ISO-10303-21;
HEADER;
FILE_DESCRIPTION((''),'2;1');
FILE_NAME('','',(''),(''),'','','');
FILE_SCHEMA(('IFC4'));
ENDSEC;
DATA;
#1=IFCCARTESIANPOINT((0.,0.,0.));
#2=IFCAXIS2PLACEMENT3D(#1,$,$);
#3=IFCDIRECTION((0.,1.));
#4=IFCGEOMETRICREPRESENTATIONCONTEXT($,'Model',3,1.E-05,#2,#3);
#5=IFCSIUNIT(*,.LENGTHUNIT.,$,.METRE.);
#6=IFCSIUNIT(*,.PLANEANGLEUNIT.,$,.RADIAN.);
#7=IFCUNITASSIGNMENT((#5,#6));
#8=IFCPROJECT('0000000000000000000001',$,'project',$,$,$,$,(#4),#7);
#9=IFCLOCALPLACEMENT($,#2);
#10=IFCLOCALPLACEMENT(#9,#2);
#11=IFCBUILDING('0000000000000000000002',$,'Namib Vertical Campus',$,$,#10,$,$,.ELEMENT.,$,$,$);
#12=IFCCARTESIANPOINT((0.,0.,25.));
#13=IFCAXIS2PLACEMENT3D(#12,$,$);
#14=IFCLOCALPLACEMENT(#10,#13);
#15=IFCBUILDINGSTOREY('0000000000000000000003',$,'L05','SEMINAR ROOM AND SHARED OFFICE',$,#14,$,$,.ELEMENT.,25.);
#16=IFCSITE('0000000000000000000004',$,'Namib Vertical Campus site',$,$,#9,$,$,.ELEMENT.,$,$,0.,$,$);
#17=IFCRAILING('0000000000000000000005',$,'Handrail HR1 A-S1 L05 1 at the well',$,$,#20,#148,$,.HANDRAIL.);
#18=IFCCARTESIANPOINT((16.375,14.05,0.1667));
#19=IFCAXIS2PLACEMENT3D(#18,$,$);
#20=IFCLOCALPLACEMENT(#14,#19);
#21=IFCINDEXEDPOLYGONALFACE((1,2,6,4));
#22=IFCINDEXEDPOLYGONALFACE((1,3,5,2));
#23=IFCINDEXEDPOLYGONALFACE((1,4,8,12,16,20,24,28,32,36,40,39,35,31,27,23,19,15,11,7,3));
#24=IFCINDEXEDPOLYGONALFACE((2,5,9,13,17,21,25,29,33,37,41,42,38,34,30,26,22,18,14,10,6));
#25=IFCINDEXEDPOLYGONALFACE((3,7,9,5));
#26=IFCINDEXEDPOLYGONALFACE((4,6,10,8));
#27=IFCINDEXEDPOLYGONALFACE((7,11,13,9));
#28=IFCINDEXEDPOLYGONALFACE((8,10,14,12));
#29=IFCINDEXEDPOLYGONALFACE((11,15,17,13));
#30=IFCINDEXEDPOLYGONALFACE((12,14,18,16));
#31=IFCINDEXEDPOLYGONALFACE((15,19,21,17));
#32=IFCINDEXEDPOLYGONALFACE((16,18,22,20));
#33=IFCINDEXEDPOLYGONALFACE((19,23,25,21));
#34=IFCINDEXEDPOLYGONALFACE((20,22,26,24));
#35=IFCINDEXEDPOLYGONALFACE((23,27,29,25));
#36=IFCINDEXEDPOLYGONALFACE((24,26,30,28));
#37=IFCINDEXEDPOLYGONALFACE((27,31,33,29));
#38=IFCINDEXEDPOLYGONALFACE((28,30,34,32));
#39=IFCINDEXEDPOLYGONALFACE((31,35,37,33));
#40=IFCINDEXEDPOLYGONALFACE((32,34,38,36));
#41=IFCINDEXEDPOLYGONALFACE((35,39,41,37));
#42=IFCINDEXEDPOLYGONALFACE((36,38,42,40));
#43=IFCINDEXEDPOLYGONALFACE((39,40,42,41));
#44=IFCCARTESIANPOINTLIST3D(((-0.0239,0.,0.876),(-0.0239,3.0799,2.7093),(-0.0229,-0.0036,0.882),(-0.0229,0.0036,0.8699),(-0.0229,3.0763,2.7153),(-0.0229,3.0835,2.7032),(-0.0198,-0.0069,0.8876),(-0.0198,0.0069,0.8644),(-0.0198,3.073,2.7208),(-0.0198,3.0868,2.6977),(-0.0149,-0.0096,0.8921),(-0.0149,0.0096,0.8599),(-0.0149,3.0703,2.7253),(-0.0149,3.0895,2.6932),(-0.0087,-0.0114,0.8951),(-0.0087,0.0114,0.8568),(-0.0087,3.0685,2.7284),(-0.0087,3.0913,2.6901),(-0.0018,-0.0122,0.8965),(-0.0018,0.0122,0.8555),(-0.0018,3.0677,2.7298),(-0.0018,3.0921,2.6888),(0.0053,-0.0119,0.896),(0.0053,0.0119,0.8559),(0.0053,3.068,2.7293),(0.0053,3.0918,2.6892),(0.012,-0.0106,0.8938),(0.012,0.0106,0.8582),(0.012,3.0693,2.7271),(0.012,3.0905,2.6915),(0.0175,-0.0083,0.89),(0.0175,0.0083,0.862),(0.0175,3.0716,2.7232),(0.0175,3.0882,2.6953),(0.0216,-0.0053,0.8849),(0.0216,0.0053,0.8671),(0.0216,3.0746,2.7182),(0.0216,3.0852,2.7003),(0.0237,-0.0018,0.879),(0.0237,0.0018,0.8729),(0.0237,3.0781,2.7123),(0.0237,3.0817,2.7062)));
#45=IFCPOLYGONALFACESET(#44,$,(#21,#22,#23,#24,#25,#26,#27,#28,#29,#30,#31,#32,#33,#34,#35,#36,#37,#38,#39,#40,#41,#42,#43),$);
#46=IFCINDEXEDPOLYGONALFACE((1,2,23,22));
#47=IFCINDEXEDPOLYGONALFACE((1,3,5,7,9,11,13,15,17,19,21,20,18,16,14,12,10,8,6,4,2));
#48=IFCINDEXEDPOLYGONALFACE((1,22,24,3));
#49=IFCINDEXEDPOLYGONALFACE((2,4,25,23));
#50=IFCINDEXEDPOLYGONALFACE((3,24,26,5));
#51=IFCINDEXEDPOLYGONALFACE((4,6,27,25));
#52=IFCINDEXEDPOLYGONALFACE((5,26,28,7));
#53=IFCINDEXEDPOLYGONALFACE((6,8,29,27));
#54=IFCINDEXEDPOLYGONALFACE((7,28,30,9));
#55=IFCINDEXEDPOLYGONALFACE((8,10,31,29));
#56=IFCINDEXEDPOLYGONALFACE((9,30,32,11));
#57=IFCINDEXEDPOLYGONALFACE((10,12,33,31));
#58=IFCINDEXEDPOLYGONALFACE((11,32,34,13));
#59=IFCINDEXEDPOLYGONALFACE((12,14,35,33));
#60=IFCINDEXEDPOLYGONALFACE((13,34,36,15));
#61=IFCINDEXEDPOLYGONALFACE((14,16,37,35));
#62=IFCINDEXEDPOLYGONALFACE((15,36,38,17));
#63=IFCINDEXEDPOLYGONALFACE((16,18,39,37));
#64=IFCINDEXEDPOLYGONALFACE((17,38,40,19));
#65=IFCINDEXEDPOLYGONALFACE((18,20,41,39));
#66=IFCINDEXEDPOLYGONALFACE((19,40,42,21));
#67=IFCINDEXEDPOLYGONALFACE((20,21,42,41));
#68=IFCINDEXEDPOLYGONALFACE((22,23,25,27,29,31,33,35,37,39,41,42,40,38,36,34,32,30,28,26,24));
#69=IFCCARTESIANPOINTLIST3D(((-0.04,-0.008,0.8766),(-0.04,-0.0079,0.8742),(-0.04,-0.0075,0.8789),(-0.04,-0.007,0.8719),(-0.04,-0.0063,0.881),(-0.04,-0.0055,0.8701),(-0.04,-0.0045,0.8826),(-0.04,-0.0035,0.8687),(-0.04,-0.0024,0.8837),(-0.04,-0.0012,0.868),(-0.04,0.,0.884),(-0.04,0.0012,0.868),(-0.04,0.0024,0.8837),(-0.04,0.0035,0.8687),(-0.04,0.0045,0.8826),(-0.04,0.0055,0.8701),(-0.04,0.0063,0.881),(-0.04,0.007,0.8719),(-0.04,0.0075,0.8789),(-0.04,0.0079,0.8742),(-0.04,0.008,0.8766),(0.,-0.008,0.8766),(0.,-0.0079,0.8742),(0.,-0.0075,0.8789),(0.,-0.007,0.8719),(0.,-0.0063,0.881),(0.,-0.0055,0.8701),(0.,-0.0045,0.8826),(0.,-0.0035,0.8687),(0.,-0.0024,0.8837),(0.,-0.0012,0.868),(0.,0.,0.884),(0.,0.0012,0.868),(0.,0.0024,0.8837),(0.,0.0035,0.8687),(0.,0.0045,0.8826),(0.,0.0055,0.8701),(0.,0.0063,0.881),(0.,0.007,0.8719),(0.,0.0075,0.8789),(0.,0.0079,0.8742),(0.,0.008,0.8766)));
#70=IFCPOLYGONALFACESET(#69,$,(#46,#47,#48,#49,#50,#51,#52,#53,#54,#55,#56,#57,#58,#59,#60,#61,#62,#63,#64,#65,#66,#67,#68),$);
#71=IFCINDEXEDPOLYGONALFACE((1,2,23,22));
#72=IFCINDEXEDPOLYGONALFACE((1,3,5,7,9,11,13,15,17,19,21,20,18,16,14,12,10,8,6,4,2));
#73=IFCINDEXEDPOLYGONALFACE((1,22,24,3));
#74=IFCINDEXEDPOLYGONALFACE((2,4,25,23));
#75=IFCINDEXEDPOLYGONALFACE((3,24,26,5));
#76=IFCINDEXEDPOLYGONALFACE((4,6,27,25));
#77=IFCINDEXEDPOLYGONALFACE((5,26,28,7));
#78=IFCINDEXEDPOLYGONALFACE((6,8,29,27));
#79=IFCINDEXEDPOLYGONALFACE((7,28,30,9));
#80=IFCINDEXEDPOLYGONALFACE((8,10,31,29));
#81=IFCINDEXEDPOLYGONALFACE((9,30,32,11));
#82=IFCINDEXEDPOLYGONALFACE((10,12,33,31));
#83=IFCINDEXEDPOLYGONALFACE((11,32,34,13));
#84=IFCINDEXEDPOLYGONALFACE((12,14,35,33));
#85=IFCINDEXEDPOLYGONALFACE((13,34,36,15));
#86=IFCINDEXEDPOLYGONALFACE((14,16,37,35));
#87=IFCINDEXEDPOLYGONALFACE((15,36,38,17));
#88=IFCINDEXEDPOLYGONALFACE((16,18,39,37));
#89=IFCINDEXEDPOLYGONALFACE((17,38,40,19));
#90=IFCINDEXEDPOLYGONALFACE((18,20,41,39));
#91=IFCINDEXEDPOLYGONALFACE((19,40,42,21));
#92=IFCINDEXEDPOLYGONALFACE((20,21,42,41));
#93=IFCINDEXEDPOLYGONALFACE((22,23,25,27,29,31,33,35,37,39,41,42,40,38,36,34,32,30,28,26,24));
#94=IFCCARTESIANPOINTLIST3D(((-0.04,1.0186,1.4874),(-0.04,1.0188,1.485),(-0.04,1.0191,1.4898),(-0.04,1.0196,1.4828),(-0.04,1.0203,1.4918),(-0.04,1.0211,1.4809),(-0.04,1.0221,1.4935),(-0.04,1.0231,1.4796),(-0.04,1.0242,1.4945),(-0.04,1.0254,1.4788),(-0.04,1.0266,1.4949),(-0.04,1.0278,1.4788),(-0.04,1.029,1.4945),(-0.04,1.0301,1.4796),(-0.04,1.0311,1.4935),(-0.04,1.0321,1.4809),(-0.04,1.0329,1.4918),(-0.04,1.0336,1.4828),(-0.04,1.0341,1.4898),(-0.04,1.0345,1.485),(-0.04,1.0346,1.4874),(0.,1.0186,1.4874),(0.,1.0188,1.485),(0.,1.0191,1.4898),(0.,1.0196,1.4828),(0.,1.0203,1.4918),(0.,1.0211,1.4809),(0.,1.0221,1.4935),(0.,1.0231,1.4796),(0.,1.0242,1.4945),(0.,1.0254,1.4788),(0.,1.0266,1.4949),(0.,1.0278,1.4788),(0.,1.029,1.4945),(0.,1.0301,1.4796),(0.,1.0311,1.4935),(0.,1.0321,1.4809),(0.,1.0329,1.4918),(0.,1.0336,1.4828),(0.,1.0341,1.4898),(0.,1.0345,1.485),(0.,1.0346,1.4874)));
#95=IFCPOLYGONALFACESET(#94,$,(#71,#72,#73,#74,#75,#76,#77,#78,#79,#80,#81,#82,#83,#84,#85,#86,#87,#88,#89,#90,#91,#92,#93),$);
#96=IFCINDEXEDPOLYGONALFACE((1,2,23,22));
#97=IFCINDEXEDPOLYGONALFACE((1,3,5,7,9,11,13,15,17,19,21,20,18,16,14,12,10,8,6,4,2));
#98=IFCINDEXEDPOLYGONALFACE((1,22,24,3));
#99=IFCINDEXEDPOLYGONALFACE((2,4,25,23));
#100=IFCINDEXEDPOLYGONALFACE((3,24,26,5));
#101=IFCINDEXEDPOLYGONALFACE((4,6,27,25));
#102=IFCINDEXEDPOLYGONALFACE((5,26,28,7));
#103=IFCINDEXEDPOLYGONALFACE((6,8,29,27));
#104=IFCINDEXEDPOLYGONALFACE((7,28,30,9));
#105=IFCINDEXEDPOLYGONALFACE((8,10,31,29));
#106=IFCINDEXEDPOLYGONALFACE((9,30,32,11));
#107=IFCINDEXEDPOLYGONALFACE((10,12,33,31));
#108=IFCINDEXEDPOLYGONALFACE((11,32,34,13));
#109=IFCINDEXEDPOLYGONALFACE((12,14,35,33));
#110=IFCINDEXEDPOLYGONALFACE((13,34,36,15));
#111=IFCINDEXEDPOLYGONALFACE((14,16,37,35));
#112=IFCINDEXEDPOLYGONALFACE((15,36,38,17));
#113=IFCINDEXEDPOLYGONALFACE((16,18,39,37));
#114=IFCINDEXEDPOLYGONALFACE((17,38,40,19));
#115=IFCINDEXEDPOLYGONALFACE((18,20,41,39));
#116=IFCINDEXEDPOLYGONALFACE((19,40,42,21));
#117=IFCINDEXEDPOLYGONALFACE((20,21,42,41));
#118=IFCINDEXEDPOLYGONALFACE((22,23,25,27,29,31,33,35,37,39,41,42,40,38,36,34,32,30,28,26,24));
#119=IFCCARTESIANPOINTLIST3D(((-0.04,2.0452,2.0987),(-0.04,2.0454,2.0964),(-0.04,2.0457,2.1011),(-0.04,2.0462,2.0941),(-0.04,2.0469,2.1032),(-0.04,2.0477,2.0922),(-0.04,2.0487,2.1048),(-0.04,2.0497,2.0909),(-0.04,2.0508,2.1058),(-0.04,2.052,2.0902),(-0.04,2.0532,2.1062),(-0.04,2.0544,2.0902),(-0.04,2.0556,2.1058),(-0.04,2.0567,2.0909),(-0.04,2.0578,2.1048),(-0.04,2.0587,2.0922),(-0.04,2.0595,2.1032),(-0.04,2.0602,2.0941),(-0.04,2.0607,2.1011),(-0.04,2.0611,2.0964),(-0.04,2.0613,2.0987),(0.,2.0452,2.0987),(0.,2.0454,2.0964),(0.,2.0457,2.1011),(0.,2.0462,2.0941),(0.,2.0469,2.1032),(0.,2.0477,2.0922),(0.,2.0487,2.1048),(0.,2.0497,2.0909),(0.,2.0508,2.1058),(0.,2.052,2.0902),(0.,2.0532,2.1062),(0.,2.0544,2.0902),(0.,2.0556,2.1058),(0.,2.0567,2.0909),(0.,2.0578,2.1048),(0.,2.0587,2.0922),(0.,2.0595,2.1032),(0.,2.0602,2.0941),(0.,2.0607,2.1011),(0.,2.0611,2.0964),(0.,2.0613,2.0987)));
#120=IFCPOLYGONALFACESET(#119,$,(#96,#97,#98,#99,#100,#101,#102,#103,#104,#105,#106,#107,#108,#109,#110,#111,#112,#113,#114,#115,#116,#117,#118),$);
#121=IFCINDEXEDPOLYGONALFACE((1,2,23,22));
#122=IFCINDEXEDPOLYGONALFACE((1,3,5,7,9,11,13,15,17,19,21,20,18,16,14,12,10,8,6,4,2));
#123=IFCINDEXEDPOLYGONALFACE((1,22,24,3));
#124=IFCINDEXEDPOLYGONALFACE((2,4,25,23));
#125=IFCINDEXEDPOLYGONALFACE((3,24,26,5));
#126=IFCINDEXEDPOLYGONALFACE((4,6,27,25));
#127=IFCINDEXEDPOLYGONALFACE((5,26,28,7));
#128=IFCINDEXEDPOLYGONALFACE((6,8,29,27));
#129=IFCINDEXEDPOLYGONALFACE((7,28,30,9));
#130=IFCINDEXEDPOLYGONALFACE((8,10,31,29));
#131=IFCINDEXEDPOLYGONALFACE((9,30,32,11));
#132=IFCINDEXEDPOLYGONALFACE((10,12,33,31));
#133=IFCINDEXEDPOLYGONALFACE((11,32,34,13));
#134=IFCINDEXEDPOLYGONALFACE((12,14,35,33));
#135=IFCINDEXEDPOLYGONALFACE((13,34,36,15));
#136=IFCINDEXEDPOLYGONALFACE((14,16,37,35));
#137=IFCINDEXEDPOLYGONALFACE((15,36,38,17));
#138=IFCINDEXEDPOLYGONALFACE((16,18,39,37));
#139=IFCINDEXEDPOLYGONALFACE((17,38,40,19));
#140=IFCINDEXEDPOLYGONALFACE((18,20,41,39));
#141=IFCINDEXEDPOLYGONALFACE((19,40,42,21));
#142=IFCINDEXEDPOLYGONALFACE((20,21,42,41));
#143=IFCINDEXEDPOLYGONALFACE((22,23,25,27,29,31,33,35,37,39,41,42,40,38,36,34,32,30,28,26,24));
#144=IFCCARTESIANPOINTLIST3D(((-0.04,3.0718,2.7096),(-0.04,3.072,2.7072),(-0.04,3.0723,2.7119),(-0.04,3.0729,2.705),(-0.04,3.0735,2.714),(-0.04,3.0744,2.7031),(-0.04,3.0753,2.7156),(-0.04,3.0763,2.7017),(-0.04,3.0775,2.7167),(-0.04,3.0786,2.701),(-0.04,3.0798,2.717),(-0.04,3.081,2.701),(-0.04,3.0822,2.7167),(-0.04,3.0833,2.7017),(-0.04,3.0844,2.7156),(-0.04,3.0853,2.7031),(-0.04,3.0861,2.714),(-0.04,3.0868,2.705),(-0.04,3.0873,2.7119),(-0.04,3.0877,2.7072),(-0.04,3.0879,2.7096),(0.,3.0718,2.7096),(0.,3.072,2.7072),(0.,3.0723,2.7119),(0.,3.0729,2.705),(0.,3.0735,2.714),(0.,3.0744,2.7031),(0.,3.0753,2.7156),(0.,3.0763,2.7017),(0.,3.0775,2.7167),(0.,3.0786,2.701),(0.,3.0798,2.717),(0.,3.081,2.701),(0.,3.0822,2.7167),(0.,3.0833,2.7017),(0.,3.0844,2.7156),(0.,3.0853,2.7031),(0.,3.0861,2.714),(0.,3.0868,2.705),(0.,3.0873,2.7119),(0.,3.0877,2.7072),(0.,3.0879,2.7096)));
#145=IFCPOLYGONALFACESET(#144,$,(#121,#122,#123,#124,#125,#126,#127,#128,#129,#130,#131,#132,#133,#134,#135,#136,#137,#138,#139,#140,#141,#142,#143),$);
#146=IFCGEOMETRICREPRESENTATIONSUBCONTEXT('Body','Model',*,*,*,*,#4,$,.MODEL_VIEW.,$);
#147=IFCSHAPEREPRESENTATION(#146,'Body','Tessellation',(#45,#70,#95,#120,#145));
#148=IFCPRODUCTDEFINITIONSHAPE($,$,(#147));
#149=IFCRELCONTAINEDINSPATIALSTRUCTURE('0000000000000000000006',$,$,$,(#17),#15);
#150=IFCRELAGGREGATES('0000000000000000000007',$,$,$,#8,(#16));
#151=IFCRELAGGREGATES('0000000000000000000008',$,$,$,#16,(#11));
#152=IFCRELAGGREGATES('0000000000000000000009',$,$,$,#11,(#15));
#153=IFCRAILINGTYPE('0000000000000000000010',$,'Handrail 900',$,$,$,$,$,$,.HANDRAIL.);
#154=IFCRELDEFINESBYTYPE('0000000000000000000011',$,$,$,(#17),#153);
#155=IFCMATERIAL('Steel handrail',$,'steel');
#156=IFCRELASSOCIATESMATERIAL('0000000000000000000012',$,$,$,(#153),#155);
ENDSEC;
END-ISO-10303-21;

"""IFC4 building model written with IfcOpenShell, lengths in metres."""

from ifc_helpers import new_model, si_unit, direction, frame, origin, origin_2d, place, context, subcontext, project, spatial, circle, extrude, material, type_object, element, save


model = new_model("IFC4")

# Units and contexts
model_context = context("Model", 3, precision=1e-05, world=origin(), true_north=direction((0.0, 1.0)))
body_context = subcontext(model_context, "Body", "Model", "MODEL_VIEW")
ifc_project = project(units=[si_unit("LENGTHUNIT", "METRE"), si_unit("PLANEANGLEUNIT", "RADIAN")], contexts=[model_context])

# Site, building, storey
site_placement = place(None, origin())
site = spatial("IfcSite", under=ifc_project, at=site_placement, Name="Namib Vertical Campus site", CompositionType="ELEMENT", RefElevation=0.0)
building_placement = place(site_placement, origin())
building = spatial("IfcBuilding", under=site, at=building_placement, Name="Namib Vertical Campus", CompositionType="ELEMENT")
storey_placement = place(building_placement, frame((0.0, 0.0, 25.0)))
storey = spatial("IfcBuildingStorey", under=building, at=storey_placement, Name="L05", Description="SEMINAR ROOM AND SHARED OFFICE", CompositionType="ELEMENT", Elevation=25.0)

# Railing
ifc_material_1 = material(Name="Steel handrail", Category="steel")
railing_type_1 = type_object("IfcRailingType", Name="Handrail 900", PredefinedType="HANDRAIL", material=ifc_material_1)
railing_1_placement = place(storey_placement, frame((16.375, 14.05, 0.1667)))
element("IfcRailing", 1, at=railing_1_placement, inside=storey, type_object=railing_type_1, Name="Handrail HR1 A-S1 L05 1 at the well", PredefinedType="HANDRAIL", context=body_context, shape_type="SweptSolid", body=[
    extrude(circle(Radius=0.0239, at=origin_2d()), frame((0.0, 0.0, 0.876), z_axis=(0.0, 0.859291, 0.511487), x_axis=(-1.0, 0.0, 0.0)), (0.0, 0.0, 1.0), 3.5842),
    extrude(circle(Radius=0.0081, at=origin_2d()), frame((0.0, 0.0, 0.876), z_axis=(-1.0, 0.0, 0.0), x_axis=(0.0, 0.0, 1.0)), (0.0, 0.0, 1.0), 0.04),
    extrude(circle(Radius=0.0081, at=origin_2d()), frame((0.0, 1.0266, 1.4868), z_axis=(-1.0, 0.0, 0.0), x_axis=(0.0, 0.0, 1.0)), (0.0, 0.0, 1.0), 0.04),
    extrude(circle(Radius=0.0081, at=origin_2d()), frame((0.0, 2.0532, 2.0981), z_axis=(-1.0, 0.0, 0.0), x_axis=(0.0, 0.0, 1.0)), (0.0, 0.0, 1.0), 0.04),
    extrude(circle(Radius=0.0081, at=origin_2d()), frame((0.0, 3.0798, 2.709), z_axis=(-1.0, 0.0, 0.0), x_axis=(0.0, 0.0, 1.0)), (0.0, 0.0, 1.0), 0.04),
])

save(model, "model.ifc")
